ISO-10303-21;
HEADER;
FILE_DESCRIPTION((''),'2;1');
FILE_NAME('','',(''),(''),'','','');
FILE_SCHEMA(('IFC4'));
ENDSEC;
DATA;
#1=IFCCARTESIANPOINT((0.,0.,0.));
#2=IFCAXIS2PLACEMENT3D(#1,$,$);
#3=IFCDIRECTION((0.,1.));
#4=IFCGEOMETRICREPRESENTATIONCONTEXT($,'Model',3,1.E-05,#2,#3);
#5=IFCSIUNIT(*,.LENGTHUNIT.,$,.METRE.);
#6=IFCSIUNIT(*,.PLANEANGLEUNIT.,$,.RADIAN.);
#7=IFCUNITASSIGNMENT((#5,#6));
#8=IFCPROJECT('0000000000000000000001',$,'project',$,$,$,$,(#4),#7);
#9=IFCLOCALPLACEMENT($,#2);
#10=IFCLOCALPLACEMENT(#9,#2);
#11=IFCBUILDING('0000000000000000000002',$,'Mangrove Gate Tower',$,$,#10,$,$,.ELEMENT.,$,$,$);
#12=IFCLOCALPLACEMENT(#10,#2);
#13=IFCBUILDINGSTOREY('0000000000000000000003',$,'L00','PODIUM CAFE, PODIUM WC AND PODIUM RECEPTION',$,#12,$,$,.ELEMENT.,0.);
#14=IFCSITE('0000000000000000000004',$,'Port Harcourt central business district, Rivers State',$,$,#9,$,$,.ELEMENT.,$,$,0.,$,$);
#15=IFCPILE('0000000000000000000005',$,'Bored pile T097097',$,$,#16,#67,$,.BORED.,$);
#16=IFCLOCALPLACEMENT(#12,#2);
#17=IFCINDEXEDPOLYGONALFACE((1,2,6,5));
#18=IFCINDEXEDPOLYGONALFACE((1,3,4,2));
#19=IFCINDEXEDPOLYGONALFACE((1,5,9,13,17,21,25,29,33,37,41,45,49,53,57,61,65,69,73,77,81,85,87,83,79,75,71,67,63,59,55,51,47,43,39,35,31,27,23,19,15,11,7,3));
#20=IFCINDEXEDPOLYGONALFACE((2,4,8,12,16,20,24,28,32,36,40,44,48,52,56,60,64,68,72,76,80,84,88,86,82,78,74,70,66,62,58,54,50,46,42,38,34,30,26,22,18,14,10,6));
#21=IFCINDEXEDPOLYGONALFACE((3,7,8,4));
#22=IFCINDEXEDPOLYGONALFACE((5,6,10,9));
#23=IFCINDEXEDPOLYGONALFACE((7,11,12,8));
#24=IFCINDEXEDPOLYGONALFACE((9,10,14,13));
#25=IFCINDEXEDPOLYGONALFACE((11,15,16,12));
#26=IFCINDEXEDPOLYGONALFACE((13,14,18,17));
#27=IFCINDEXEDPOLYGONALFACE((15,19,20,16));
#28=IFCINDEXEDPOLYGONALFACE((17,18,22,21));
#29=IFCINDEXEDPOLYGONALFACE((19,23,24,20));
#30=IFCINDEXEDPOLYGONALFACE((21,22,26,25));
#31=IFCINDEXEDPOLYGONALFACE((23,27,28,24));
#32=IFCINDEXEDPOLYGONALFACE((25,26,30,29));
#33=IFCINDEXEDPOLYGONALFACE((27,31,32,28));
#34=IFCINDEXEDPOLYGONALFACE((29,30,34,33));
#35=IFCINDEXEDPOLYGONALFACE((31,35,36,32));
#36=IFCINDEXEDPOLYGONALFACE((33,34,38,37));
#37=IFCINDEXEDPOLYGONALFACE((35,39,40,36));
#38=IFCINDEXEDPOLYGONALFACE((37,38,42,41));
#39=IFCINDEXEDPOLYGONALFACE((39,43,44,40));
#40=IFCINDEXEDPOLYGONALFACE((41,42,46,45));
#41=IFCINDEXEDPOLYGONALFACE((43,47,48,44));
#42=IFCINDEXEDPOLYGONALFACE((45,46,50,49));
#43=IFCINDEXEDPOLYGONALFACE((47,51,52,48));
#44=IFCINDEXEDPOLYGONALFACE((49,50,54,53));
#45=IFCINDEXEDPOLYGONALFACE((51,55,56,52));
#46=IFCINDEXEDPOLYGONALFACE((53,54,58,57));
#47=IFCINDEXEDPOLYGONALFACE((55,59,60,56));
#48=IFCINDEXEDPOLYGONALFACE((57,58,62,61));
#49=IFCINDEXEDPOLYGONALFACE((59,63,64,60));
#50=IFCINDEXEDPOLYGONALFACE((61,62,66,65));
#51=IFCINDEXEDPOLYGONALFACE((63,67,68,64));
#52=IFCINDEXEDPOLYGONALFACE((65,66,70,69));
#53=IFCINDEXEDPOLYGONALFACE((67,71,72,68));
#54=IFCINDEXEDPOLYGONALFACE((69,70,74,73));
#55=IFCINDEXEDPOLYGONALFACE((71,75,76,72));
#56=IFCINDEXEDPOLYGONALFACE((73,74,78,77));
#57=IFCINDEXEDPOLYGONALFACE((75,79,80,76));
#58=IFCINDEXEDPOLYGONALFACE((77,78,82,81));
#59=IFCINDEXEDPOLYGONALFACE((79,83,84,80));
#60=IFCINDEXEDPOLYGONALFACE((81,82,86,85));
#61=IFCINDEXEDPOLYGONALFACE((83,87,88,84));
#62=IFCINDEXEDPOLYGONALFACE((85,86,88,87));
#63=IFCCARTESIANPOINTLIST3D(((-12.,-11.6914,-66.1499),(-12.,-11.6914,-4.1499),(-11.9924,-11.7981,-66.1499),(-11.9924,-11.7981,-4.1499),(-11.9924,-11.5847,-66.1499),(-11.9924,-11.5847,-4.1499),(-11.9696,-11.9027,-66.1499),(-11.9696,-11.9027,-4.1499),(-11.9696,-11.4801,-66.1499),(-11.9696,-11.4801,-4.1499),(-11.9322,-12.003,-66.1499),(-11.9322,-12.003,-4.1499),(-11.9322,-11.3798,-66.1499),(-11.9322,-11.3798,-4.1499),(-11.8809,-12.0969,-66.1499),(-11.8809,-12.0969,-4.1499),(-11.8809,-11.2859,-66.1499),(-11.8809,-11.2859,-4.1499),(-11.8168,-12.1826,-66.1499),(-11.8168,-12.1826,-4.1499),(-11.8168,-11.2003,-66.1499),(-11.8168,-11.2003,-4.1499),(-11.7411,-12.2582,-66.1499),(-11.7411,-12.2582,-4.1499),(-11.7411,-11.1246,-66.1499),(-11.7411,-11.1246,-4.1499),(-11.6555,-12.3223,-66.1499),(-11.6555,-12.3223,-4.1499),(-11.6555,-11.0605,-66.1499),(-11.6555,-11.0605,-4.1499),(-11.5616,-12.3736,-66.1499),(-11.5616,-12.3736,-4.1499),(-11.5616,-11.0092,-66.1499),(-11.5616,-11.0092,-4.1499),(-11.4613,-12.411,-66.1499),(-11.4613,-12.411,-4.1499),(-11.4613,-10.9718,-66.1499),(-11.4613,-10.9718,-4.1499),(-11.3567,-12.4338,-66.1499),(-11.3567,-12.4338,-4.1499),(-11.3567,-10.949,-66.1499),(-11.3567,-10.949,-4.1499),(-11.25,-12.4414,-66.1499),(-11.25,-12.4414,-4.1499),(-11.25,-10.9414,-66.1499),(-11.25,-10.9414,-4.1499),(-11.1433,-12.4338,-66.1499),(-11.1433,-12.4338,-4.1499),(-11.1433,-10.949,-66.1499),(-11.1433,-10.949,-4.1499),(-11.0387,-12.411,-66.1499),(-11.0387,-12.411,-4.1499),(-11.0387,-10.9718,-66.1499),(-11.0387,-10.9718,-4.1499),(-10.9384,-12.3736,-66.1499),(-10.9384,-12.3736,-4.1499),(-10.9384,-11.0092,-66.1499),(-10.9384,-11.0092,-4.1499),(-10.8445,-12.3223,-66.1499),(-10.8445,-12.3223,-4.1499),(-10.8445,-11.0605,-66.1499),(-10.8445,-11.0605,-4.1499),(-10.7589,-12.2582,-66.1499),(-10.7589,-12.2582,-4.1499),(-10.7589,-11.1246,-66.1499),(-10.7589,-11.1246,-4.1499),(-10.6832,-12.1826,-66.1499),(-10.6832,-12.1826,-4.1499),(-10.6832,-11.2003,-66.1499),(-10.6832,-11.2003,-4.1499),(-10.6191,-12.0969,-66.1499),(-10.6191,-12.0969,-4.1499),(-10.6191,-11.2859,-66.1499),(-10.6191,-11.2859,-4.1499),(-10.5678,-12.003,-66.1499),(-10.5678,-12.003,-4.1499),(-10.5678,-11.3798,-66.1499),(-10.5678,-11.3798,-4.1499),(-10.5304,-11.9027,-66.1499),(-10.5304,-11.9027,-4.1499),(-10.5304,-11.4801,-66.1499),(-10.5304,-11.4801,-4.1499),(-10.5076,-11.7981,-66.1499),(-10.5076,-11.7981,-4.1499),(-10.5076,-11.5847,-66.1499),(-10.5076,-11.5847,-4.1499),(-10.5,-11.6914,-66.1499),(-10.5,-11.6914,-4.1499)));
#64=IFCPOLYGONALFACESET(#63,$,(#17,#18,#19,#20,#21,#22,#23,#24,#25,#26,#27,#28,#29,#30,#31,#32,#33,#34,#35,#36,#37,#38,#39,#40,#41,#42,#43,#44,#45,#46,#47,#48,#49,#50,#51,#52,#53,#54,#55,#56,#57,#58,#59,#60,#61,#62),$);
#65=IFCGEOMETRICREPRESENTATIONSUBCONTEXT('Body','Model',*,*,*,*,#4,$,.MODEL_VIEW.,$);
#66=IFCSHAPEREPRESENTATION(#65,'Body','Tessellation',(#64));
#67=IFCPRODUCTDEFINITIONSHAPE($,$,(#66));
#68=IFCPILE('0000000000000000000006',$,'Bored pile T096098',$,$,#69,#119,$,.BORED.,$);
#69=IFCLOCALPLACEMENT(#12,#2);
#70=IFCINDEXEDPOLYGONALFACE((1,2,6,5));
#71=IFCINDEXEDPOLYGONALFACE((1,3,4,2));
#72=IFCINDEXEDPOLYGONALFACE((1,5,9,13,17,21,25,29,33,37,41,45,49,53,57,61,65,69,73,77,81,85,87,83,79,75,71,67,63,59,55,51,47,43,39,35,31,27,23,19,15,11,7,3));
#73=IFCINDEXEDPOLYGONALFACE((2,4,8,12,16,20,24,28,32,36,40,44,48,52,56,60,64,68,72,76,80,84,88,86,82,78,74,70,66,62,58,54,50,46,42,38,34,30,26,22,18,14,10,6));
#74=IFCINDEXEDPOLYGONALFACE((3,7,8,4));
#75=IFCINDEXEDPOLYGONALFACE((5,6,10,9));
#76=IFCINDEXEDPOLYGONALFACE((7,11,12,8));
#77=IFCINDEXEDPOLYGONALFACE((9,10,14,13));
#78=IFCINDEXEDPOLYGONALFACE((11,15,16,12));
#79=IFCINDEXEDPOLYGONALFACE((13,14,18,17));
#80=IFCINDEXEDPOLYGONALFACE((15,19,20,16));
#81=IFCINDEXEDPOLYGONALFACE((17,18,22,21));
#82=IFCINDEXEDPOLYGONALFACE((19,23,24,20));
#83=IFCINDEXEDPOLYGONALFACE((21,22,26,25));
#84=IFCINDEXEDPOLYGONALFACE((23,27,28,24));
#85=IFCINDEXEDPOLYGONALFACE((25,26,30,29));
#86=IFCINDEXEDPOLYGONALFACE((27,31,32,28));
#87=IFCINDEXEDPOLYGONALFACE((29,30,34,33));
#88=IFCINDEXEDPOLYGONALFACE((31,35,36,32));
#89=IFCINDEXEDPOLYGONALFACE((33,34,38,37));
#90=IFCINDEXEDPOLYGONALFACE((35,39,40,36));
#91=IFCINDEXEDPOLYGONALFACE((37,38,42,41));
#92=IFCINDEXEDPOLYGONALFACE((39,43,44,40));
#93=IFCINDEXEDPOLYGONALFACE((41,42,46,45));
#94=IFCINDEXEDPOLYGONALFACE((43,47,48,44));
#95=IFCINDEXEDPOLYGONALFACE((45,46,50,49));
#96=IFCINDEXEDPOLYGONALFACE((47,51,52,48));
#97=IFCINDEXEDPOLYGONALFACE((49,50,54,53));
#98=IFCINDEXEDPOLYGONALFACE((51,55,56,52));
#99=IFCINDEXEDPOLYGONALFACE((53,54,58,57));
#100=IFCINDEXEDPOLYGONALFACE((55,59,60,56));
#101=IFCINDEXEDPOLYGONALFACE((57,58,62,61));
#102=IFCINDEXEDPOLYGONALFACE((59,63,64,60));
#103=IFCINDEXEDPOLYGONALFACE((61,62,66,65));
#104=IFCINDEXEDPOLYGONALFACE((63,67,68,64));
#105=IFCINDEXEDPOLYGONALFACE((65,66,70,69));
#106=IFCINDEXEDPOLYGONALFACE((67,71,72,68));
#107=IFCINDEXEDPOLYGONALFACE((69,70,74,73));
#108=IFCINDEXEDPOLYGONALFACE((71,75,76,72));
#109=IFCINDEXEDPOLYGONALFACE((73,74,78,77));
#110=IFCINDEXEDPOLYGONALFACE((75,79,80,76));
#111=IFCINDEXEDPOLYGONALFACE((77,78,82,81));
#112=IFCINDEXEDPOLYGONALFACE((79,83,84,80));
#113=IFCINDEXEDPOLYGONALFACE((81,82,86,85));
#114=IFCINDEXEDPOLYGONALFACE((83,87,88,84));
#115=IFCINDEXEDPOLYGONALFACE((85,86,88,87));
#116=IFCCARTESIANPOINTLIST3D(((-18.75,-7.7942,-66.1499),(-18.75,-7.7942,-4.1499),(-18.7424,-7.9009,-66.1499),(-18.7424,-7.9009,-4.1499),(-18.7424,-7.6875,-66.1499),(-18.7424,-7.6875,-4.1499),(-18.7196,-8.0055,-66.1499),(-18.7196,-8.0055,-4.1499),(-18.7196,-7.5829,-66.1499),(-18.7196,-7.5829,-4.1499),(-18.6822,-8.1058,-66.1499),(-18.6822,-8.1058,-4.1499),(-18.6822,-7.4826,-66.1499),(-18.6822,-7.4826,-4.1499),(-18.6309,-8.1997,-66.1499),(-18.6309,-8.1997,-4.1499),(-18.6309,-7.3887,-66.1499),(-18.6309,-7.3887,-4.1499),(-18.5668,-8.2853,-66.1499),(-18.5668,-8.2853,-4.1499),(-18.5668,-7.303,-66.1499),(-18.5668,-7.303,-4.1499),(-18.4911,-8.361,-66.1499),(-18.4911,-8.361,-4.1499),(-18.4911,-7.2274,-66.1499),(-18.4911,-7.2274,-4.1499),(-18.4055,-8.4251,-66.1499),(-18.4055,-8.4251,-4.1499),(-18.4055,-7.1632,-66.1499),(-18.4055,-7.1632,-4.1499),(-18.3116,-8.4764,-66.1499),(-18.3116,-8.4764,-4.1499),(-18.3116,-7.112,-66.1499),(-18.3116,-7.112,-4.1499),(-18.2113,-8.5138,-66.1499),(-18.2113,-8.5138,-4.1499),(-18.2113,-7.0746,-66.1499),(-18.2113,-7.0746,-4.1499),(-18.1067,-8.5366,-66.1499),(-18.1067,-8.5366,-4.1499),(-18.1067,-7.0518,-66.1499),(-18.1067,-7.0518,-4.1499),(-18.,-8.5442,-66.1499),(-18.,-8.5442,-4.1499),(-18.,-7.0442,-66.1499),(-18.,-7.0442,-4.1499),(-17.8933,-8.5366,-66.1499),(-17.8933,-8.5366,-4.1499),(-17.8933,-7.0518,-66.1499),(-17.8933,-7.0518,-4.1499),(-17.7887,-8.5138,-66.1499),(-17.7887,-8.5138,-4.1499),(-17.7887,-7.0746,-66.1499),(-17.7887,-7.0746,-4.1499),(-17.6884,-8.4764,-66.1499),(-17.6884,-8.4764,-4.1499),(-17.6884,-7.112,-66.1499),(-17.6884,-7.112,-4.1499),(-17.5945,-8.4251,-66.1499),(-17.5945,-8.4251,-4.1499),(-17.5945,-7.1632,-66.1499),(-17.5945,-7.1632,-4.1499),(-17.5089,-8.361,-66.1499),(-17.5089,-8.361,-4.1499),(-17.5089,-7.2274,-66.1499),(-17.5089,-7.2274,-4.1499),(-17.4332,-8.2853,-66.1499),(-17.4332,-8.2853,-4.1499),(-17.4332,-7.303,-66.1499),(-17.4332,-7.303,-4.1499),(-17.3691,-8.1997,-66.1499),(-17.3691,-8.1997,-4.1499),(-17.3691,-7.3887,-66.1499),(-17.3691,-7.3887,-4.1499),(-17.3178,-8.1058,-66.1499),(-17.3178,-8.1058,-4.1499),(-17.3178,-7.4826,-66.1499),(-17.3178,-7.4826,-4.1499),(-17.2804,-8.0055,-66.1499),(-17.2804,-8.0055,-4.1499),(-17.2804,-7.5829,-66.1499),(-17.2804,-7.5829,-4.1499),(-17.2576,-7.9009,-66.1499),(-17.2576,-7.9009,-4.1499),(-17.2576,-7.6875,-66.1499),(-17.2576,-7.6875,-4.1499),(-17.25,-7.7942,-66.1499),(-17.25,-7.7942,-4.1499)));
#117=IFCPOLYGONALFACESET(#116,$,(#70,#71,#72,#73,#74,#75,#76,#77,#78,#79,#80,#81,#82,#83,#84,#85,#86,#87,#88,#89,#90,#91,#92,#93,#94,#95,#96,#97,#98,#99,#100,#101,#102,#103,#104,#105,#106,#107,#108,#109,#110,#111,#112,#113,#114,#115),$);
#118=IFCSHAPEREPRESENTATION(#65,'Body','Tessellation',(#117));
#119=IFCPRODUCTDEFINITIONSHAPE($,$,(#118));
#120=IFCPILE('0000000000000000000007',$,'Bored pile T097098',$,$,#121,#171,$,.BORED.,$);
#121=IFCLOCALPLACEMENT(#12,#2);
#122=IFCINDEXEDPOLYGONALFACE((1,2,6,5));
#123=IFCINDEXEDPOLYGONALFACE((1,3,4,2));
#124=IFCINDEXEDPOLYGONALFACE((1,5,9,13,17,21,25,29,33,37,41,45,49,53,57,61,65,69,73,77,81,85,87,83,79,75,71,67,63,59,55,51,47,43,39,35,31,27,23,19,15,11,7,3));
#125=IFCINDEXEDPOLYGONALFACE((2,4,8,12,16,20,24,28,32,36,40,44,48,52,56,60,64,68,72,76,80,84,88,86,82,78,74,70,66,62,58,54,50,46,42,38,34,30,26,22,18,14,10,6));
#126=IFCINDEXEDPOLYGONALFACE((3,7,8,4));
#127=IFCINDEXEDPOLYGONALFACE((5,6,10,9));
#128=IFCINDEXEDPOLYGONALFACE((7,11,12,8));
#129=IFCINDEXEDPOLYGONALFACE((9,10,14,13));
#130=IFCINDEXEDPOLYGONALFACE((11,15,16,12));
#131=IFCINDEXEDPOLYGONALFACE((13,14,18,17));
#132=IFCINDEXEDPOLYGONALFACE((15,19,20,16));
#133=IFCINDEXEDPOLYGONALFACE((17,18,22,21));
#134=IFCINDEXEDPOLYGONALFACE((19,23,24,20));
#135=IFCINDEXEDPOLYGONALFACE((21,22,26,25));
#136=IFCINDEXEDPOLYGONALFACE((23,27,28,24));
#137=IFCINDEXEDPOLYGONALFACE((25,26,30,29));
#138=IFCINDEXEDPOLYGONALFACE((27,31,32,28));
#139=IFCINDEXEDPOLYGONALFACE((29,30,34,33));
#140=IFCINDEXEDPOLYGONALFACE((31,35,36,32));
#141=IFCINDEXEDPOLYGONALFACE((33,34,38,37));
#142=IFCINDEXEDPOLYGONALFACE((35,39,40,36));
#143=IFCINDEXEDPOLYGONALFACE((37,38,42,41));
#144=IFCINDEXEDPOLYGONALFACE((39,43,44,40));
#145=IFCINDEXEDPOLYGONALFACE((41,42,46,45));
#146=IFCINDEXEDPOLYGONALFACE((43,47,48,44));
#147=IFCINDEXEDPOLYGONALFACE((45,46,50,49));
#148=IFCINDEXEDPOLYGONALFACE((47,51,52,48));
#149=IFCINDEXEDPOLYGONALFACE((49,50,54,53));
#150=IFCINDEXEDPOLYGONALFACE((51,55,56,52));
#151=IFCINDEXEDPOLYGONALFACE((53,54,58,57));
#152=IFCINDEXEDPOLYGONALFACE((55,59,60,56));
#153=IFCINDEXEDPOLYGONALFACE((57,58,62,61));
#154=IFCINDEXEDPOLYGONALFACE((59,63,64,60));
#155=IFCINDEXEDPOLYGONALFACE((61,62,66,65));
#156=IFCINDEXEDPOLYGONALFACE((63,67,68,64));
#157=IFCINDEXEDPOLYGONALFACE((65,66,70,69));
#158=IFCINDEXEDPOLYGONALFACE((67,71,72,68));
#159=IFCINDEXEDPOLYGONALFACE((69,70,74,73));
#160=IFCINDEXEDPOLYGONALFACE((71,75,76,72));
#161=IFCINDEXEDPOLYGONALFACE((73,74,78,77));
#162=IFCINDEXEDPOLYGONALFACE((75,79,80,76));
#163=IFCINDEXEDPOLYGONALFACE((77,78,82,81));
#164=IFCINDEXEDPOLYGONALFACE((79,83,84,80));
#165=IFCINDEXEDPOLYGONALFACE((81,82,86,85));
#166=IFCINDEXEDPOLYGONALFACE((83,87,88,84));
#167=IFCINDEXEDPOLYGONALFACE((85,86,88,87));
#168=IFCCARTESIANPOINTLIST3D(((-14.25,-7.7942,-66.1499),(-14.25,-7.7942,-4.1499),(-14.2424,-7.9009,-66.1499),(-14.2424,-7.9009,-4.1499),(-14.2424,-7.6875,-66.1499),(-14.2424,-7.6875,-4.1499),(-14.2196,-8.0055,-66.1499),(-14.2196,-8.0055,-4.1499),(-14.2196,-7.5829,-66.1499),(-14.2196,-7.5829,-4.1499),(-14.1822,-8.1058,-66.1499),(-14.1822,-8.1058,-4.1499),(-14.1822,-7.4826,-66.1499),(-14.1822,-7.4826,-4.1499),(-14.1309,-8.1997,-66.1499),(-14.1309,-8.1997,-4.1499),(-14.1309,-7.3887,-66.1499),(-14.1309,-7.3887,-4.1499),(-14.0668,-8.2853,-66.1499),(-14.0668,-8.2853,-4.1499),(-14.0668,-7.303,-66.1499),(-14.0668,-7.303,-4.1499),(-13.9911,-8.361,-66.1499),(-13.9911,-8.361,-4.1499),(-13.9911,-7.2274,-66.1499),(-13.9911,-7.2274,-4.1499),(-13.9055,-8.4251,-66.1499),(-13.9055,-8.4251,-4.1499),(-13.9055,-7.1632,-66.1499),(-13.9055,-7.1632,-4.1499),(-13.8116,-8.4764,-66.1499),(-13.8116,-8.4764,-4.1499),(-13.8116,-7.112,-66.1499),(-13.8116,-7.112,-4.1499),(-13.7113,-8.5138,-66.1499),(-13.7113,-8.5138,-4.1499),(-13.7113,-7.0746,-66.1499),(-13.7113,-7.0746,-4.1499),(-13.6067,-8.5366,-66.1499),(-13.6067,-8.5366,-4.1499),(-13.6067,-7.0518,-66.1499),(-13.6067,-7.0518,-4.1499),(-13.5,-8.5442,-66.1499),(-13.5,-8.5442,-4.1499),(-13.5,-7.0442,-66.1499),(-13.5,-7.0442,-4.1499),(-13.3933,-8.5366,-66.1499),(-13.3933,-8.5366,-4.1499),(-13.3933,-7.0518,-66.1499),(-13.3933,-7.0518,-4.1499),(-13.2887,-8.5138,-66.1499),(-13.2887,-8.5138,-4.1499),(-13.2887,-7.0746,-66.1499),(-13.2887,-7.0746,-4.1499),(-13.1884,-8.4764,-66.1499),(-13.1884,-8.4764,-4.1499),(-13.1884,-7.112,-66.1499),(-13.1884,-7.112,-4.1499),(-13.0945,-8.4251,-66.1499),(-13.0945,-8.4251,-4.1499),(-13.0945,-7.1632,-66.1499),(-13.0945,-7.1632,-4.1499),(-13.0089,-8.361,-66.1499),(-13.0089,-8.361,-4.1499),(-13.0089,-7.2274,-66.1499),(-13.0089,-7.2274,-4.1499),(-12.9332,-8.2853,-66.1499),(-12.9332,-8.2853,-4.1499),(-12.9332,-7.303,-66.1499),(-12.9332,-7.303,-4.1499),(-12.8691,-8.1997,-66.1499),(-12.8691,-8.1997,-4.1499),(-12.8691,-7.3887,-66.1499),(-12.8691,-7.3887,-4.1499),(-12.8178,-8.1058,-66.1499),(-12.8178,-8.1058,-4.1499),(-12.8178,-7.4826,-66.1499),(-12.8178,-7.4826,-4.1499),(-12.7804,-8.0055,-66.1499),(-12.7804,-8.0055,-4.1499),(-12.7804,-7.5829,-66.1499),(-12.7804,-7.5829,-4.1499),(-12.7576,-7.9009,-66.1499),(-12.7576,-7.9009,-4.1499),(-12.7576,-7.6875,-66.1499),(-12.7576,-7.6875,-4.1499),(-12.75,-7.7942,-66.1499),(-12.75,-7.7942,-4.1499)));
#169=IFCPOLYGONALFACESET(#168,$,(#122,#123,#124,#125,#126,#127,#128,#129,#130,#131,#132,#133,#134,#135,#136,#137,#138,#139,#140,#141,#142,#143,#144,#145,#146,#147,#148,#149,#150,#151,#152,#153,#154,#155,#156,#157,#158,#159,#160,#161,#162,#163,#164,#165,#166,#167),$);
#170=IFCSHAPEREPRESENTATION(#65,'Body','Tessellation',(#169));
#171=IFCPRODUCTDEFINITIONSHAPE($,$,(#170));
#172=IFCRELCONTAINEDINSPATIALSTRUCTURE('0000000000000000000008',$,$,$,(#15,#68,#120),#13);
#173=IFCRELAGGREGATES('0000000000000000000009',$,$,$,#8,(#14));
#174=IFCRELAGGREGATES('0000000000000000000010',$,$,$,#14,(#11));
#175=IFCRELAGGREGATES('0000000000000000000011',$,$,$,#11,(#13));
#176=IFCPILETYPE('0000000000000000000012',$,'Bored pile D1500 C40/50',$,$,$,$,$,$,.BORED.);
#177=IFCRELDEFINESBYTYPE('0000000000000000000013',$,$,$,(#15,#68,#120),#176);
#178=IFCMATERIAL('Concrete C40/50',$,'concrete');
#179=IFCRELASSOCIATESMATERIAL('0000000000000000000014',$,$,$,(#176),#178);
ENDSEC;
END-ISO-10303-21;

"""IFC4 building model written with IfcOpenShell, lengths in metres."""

from ifc_helpers import new_model, si_unit, direction, frame, origin, origin_2d, place, context, subcontext, project, spatial, circle, extrude, material, material_profile, profile_set, type_object, element, save


model = new_model("IFC4")

# Units and contexts
model_context = context("Model", 3, precision=1e-05, world=origin(), true_north=direction((0.0, 1.0)))
body_context = subcontext(model_context, "Body", "Model", "MODEL_VIEW")
ifc_project = project(units=[si_unit("LENGTHUNIT", "METRE"), si_unit("PLANEANGLEUNIT", "RADIAN")], contexts=[model_context])

# Site, building, storey
site_placement = place(None, origin())
site = spatial("IfcSite", under=ifc_project, at=site_placement, Name="Port Harcourt central business district, Rivers State", CompositionType="ELEMENT", RefElevation=0.0)
building_placement = place(site_placement, origin())
building = spatial("IfcBuilding", under=site, at=building_placement, Name="Mangrove Gate Tower", CompositionType="ELEMENT")
storey_placement = place(building_placement, origin())
storey = spatial("IfcBuildingStorey", under=building, at=storey_placement, Name="L00", Description="PODIUM CAFE, PODIUM WC AND PODIUM RECEPTION", CompositionType="ELEMENT", Elevation=0.0)

# Piles
ifc_material_1 = material(Name="Concrete C40/50", Category="concrete")
ifc_material_profile = material_profile(ifc_material_1, circle(Radius=0.75, at=origin_2d()))
ifc_profile_set = profile_set([ifc_material_profile], Name="Concrete C40/50")
pile_type = type_object("IfcPileType", Name="Bored pile D1500 C40/50", PredefinedType="BORED", material=ifc_profile_set)
for number, where, z_axis, x_axis, name in (
    (1, (-11.25, -11.6914, -4.1499), (0.0, 0.0, -1.0), (1.0, 0.0, 0.0), "Bored pile T097097"),
    (2, (-18.0, -7.7942, -4.1499), (0.0, 0.0, -1.0), (1.0, 0.0, 0.0), "Bored pile T096098"),
    (3, (-13.5, -7.7942, -4.1499), (0.0, 0.0, -1.0), (1.0, 0.0, 0.0), "Bored pile T097098"),
):
    element("IfcPile", number, at=place(storey_placement, frame(where, z_axis=z_axis, x_axis=x_axis)), inside=storey, type_object=pile_type, Name=name, PredefinedType="BORED", context=body_context, shape_type="SweptSolid", body=[
        extrude(circle(Radius=0.75, at=origin_2d()), origin(), (0.0, 0.0, 1.0), 62.0),
    ])

save(model, "model.ifc")
